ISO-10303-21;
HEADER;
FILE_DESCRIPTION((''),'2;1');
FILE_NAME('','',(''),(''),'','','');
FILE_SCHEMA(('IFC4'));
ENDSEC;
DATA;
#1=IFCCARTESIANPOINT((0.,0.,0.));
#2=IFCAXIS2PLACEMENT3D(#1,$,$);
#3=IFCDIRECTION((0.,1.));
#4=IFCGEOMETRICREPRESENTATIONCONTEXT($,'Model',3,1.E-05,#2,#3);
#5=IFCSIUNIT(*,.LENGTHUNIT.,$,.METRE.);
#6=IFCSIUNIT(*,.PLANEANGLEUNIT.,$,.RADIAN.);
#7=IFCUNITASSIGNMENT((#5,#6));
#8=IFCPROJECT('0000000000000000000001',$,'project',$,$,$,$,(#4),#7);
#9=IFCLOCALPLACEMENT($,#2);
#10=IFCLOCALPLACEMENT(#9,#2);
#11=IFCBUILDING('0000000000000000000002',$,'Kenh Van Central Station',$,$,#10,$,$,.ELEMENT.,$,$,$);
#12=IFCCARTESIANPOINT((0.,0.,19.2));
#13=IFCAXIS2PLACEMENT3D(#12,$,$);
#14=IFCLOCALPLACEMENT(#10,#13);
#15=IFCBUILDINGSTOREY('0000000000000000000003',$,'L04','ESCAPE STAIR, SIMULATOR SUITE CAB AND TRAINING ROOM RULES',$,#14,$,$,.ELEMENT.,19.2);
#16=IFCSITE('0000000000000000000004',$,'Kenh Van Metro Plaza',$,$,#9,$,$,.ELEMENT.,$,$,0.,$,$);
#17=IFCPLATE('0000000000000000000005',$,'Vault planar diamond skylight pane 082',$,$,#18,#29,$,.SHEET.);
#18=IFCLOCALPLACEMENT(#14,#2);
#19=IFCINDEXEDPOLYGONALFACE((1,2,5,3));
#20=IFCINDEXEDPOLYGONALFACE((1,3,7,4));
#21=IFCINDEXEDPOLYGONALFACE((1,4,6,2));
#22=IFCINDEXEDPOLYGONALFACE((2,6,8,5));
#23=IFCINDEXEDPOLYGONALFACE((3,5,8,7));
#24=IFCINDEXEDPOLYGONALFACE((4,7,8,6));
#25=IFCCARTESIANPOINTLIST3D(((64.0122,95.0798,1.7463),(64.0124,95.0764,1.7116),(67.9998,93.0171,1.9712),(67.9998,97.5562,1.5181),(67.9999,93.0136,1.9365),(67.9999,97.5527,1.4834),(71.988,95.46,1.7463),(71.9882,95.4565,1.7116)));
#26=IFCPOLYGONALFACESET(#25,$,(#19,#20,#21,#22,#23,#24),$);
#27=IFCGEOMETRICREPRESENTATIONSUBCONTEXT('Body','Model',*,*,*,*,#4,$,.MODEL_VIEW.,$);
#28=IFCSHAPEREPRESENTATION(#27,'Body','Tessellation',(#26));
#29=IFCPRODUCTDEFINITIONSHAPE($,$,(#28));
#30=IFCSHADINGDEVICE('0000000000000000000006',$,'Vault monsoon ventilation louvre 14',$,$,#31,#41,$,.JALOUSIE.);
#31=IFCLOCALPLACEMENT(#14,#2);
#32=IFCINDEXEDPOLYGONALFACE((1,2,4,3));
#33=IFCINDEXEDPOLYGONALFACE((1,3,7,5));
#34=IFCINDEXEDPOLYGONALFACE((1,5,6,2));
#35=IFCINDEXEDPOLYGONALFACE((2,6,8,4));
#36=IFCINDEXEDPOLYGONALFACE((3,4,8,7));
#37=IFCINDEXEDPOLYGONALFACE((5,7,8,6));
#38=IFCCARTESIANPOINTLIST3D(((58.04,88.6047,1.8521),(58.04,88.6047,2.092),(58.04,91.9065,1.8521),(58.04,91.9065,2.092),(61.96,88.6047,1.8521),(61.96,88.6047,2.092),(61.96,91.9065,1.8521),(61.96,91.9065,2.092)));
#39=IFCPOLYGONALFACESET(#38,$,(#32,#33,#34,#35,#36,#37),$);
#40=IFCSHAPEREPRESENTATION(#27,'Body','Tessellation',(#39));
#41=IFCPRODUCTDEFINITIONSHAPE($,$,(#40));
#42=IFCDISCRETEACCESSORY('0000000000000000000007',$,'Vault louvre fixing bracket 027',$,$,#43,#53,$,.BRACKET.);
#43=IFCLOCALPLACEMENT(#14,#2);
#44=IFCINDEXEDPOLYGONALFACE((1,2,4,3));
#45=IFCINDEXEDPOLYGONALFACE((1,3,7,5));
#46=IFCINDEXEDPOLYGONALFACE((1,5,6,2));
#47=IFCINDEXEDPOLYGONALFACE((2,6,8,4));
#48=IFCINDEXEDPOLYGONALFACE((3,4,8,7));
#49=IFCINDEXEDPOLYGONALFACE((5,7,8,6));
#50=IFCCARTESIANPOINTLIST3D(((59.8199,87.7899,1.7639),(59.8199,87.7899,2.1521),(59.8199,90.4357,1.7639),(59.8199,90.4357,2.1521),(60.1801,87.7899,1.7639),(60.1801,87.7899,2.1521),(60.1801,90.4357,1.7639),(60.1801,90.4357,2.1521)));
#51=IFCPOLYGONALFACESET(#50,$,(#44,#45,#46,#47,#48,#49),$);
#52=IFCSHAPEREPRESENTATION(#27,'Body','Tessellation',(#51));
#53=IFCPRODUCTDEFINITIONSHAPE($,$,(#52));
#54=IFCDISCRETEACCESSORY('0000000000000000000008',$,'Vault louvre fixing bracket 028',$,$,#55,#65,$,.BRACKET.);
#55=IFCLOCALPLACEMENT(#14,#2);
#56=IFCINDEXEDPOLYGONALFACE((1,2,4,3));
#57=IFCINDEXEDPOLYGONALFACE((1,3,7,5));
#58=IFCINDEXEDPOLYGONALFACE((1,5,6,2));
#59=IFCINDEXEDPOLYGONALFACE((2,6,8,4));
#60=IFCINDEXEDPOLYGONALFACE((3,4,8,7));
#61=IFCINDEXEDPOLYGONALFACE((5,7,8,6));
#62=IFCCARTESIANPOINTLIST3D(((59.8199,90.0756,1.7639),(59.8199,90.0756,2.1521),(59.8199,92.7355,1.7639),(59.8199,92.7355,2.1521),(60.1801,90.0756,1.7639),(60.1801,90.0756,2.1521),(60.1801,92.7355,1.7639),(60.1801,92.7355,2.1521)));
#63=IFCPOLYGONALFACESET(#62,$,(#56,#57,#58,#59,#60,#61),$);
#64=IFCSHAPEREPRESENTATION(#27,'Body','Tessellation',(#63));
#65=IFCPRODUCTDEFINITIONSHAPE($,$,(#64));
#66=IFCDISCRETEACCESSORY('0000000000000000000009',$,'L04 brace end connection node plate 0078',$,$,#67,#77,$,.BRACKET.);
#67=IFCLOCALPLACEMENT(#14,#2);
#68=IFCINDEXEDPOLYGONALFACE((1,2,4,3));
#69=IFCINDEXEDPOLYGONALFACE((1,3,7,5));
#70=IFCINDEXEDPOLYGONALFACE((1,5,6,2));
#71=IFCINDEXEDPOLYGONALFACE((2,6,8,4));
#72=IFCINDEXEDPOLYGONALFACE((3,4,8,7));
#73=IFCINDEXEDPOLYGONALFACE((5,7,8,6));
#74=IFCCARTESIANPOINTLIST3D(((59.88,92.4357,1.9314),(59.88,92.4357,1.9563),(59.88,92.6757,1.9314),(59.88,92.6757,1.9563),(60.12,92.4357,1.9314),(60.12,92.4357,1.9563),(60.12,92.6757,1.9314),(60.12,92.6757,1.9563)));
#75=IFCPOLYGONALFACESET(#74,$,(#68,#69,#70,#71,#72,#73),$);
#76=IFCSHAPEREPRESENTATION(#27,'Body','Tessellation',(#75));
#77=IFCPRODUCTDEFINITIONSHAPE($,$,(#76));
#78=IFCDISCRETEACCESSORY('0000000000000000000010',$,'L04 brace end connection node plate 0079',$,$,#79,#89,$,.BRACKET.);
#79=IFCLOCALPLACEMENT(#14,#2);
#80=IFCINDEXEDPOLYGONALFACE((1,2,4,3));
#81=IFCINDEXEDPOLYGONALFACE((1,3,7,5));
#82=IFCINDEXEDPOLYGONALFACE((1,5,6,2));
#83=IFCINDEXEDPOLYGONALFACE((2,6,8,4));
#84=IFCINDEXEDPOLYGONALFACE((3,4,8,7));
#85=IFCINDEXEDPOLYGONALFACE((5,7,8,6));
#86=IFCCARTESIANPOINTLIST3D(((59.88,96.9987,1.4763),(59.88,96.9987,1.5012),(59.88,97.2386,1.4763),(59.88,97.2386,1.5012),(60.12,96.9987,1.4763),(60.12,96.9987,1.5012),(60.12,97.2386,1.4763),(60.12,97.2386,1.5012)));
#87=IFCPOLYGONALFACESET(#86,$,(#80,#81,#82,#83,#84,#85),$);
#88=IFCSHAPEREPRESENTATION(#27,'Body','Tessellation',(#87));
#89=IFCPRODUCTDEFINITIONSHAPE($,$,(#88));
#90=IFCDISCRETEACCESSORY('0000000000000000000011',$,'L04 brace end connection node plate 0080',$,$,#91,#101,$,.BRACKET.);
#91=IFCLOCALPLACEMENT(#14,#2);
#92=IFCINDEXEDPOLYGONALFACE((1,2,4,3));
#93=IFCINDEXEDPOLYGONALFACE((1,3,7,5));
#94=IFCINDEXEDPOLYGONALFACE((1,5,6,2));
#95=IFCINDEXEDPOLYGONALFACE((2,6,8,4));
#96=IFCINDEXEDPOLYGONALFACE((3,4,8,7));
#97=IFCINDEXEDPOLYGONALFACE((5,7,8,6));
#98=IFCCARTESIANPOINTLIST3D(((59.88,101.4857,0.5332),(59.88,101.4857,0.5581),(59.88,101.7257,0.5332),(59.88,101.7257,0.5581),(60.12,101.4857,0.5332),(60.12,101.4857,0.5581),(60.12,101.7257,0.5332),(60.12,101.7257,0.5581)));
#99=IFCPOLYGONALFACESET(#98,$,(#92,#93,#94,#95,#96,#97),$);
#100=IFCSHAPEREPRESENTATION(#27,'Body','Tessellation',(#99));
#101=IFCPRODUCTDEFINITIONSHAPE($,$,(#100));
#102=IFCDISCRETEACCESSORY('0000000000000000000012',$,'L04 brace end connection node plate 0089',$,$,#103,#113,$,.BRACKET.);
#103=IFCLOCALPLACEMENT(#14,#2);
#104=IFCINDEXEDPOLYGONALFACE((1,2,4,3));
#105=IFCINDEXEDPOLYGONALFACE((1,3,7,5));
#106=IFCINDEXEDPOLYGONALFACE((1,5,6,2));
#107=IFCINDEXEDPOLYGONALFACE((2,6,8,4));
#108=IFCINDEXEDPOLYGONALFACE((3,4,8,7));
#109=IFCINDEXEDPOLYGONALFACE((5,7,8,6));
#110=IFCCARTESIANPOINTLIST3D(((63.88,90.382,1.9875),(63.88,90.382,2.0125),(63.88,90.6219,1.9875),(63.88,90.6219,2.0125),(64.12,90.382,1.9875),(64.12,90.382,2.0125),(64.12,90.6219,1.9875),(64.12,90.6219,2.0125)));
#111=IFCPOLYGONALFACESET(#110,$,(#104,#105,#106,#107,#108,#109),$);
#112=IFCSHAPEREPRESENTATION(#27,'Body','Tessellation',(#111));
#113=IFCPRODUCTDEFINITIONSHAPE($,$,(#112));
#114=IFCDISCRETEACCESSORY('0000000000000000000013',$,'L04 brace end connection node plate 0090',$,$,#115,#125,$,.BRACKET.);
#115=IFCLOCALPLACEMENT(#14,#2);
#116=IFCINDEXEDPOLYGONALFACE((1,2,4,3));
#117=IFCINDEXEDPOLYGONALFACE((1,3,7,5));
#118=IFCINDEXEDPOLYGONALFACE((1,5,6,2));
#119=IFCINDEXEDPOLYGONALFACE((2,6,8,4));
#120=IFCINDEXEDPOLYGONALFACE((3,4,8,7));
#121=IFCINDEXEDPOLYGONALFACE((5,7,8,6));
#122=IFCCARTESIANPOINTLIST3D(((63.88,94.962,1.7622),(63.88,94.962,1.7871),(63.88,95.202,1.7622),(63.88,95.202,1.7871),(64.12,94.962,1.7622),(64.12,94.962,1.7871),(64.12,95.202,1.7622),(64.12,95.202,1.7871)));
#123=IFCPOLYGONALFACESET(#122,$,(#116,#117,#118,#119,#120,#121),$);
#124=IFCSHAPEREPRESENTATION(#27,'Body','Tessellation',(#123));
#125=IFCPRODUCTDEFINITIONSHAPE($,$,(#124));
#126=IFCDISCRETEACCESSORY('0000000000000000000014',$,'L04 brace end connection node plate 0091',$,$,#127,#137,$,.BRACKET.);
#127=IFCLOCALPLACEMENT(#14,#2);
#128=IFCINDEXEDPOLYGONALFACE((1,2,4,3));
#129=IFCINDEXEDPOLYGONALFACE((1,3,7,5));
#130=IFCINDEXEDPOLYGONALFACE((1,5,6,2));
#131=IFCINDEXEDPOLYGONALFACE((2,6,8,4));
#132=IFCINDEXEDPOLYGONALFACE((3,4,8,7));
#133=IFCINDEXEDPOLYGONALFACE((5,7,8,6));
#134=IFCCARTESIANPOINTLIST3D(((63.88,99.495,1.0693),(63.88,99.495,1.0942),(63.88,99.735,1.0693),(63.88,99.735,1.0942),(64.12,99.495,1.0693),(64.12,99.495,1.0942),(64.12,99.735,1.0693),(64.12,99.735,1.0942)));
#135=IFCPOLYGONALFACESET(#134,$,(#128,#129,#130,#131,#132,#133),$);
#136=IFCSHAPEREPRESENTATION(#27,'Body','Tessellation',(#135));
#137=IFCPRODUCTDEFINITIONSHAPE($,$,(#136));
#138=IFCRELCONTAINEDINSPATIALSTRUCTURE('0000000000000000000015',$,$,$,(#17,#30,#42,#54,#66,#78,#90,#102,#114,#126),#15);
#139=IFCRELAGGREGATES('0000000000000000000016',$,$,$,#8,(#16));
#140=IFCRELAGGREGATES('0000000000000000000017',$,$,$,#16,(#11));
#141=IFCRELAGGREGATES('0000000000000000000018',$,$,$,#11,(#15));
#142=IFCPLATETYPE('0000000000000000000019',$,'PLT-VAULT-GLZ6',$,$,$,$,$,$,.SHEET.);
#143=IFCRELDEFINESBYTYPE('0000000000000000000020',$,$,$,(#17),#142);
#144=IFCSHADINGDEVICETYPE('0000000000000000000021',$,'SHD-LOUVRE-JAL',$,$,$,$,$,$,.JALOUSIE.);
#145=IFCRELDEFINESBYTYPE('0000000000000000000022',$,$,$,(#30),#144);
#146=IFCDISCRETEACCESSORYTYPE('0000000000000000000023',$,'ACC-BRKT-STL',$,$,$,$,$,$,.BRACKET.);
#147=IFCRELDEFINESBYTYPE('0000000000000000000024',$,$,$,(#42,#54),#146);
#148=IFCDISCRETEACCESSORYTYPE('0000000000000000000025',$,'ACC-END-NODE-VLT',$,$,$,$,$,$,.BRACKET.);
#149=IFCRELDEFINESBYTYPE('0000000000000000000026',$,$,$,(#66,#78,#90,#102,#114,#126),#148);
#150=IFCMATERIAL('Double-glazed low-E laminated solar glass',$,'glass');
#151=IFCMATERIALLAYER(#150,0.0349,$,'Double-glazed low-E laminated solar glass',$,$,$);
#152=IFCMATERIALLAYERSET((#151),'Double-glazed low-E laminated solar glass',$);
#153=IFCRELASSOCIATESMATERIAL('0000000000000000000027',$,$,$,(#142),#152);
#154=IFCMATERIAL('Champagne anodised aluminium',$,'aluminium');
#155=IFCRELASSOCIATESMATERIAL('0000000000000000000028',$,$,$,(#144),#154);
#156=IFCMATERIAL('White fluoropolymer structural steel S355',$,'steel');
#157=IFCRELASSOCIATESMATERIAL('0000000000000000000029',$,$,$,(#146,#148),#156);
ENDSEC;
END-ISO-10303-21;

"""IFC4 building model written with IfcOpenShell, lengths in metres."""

from ifc_helpers import new_model, si_unit, direction, frame, origin, origin_2d, place, context, subcontext, project, spatial, polyline, rectangle, outline, extrude, material, layer, layer_set, type_object, element, save


model = new_model("IFC4")

# Units and contexts
model_context = context("Model", 3, precision=1e-05, world=origin(), true_north=direction((0.0, 1.0)))
body_context = subcontext(model_context, "Body", "Model", "MODEL_VIEW")
ifc_project = project(units=[si_unit("LENGTHUNIT", "METRE"), si_unit("PLANEANGLEUNIT", "RADIAN")], contexts=[model_context])

# Site, building, storey
site_placement = place(None, origin())
site = spatial("IfcSite", under=ifc_project, at=site_placement, Name="Kenh Van Metro Plaza", CompositionType="ELEMENT", RefElevation=0.0)
building_placement = place(site_placement, origin())
building = spatial("IfcBuilding", under=site, at=building_placement, Name="Kenh Van Central Station", CompositionType="ELEMENT")
storey_placement = place(building_placement, frame((0.0, 0.0, 19.2)))
storey = spatial("IfcBuildingStorey", under=building, at=storey_placement, Name="L04", Description="ESCAPE STAIR, SIMULATOR SUITE CAB AND TRAINING ROOM RULES", CompositionType="ELEMENT", Elevation=19.2)

# Shared definitions
ifc_material_1 = material(Name="White fluoropolymer structural steel S355", Category="steel")

# Plate
ifc_material_2 = material(Name="Double-glazed low-E laminated solar glass", Category="glass")
ifc_layer_1 = layer(ifc_material_2, 0.0349, Name="Double-glazed low-E laminated solar glass")
ifc_layer_set_1 = layer_set([ifc_layer_1], Name="Double-glazed low-E laminated solar glass")
plate_type_1 = type_object("IfcPlateType", Name="PLT-VAULT-GLZ6", PredefinedType="SHEET", material=ifc_layer_set_1)
plate_1_placement = place(storey_placement, frame((64.0122, 95.0798, 1.7463), z_axis=(-0.004734, 0.099333, 0.995043), x_axis=(0.887086, -0.458885, 0.05003)))
element("IfcPlate", 1, at=plate_1_placement, inside=storey, type_object=plate_type_1, Name="Vault planar diamond skylight pane 082", PredefinedType="SHEET", context=body_context, shape_type="SweptSolid", body=[
    extrude(outline(polyline([(0.0, 0.0), (4.4951, 0.0), (6.9008, 4.0171), (2.3895, 4.0466), (0.0, 0.0)])), origin(), (0.0, 0.0, -1.0), 0.0349),
])

# Shading device
ifc_material_3 = material(Name="Champagne anodised aluminium", Category="aluminium")
shading_device_type = type_object("IfcShadingDeviceType", Name="SHD-LOUVRE-JAL", PredefinedType="JALOUSIE", material=ifc_material_3)
shading_device_placement = place(storey_placement, frame((60.0, 90.2556, 1.8521), z_axis=(0.0, 0.0, 1.0), x_axis=(1.0, 0.0, 0.0)))
element("IfcShadingDevice", 2, at=shading_device_placement, inside=storey, type_object=shading_device_type, Name="Vault monsoon ventilation louvre 14", PredefinedType="JALOUSIE", context=body_context, shape_type="SweptSolid", body=[
    extrude(rectangle(XDim=3.9199, YDim=3.3018, at=origin_2d()), origin(), (0.0, 0.0, 1.0), 0.24),
])

# Discrete accessories
discrete_accessory_type_1 = type_object("IfcDiscreteAccessoryType", Name="ACC-BRKT-STL", PredefinedType="BRACKET", material=ifc_material_1)
discrete_accessory_1_placement = place(storey_placement, frame((60.0, 89.1128, 1.7639), z_axis=(0.0, 0.0, 1.0), x_axis=(1.0, 0.0, 0.0)))
element("IfcDiscreteAccessory", 3, at=discrete_accessory_1_placement, inside=storey, type_object=discrete_accessory_type_1, Name="Vault louvre fixing bracket 027", PredefinedType="BRACKET", context=body_context, shape_type="SweptSolid", body=[
    extrude(rectangle(XDim=0.3601, YDim=2.6458, at=origin_2d()), origin(), (0.0, 0.0, 1.0), 0.3882),
])
discrete_accessory_2_placement = place(storey_placement, frame((60.0, 91.4055, 1.7639), z_axis=(0.0, 0.0, 1.0), x_axis=(1.0, 0.0, 0.0)))
element("IfcDiscreteAccessory", 4, at=discrete_accessory_2_placement, inside=storey, type_object=discrete_accessory_type_1, Name="Vault louvre fixing bracket 028", PredefinedType="BRACKET", context=body_context, shape_type="SweptSolid", body=[
    extrude(rectangle(XDim=0.3601, YDim=2.6599, at=origin_2d()), origin(), (0.0, 0.0, 1.0), 0.3882),
])
discrete_accessory_type_2 = type_object("IfcDiscreteAccessoryType", Name="ACC-END-NODE-VLT", PredefinedType="BRACKET", material=ifc_material_1)
for number, where, z_axis, x_axis, name in (
    (5, (60.0, 92.5557, 1.9314), (0.0, 0.0, 1.0), (1.0, 0.0, 0.0), "L04 brace end connection node plate 0078"),
    (6, (60.0, 97.1187, 1.4763), (0.0, 0.0, 1.0), (1.0, 0.0, 0.0), "L04 brace end connection node plate 0079"),
    (7, (60.0, 101.6057, 0.5332), (0.0, 0.0, 1.0), (1.0, 0.0, 0.0), "L04 brace end connection node plate 0080"),
    (8, (64.0, 90.502, 1.9875), (0.0, 0.0, 1.0), (1.0, 0.0, 0.0), "L04 brace end connection node plate 0089"),
    (9, (64.0, 95.082, 1.7622), (0.0, 0.0, 1.0), (1.0, 0.0, 0.0), "L04 brace end connection node plate 0090"),
    (10, (64.0, 99.615, 1.0693), (0.0, 0.0, 1.0), (1.0, 0.0, 0.0), "L04 brace end connection node plate 0091"),
):
    element("IfcDiscreteAccessory", number, at=place(storey_placement, frame(where, z_axis=z_axis, x_axis=x_axis)), inside=storey, type_object=discrete_accessory_type_2, Name=name, PredefinedType="BRACKET", context=body_context, shape_type="SweptSolid", body=[
        extrude(rectangle(XDim=0.24, YDim=0.24, at=origin_2d()), origin(), (0.0, 0.0, 1.0), 0.0249),
    ])

save(model, "model.ifc")
